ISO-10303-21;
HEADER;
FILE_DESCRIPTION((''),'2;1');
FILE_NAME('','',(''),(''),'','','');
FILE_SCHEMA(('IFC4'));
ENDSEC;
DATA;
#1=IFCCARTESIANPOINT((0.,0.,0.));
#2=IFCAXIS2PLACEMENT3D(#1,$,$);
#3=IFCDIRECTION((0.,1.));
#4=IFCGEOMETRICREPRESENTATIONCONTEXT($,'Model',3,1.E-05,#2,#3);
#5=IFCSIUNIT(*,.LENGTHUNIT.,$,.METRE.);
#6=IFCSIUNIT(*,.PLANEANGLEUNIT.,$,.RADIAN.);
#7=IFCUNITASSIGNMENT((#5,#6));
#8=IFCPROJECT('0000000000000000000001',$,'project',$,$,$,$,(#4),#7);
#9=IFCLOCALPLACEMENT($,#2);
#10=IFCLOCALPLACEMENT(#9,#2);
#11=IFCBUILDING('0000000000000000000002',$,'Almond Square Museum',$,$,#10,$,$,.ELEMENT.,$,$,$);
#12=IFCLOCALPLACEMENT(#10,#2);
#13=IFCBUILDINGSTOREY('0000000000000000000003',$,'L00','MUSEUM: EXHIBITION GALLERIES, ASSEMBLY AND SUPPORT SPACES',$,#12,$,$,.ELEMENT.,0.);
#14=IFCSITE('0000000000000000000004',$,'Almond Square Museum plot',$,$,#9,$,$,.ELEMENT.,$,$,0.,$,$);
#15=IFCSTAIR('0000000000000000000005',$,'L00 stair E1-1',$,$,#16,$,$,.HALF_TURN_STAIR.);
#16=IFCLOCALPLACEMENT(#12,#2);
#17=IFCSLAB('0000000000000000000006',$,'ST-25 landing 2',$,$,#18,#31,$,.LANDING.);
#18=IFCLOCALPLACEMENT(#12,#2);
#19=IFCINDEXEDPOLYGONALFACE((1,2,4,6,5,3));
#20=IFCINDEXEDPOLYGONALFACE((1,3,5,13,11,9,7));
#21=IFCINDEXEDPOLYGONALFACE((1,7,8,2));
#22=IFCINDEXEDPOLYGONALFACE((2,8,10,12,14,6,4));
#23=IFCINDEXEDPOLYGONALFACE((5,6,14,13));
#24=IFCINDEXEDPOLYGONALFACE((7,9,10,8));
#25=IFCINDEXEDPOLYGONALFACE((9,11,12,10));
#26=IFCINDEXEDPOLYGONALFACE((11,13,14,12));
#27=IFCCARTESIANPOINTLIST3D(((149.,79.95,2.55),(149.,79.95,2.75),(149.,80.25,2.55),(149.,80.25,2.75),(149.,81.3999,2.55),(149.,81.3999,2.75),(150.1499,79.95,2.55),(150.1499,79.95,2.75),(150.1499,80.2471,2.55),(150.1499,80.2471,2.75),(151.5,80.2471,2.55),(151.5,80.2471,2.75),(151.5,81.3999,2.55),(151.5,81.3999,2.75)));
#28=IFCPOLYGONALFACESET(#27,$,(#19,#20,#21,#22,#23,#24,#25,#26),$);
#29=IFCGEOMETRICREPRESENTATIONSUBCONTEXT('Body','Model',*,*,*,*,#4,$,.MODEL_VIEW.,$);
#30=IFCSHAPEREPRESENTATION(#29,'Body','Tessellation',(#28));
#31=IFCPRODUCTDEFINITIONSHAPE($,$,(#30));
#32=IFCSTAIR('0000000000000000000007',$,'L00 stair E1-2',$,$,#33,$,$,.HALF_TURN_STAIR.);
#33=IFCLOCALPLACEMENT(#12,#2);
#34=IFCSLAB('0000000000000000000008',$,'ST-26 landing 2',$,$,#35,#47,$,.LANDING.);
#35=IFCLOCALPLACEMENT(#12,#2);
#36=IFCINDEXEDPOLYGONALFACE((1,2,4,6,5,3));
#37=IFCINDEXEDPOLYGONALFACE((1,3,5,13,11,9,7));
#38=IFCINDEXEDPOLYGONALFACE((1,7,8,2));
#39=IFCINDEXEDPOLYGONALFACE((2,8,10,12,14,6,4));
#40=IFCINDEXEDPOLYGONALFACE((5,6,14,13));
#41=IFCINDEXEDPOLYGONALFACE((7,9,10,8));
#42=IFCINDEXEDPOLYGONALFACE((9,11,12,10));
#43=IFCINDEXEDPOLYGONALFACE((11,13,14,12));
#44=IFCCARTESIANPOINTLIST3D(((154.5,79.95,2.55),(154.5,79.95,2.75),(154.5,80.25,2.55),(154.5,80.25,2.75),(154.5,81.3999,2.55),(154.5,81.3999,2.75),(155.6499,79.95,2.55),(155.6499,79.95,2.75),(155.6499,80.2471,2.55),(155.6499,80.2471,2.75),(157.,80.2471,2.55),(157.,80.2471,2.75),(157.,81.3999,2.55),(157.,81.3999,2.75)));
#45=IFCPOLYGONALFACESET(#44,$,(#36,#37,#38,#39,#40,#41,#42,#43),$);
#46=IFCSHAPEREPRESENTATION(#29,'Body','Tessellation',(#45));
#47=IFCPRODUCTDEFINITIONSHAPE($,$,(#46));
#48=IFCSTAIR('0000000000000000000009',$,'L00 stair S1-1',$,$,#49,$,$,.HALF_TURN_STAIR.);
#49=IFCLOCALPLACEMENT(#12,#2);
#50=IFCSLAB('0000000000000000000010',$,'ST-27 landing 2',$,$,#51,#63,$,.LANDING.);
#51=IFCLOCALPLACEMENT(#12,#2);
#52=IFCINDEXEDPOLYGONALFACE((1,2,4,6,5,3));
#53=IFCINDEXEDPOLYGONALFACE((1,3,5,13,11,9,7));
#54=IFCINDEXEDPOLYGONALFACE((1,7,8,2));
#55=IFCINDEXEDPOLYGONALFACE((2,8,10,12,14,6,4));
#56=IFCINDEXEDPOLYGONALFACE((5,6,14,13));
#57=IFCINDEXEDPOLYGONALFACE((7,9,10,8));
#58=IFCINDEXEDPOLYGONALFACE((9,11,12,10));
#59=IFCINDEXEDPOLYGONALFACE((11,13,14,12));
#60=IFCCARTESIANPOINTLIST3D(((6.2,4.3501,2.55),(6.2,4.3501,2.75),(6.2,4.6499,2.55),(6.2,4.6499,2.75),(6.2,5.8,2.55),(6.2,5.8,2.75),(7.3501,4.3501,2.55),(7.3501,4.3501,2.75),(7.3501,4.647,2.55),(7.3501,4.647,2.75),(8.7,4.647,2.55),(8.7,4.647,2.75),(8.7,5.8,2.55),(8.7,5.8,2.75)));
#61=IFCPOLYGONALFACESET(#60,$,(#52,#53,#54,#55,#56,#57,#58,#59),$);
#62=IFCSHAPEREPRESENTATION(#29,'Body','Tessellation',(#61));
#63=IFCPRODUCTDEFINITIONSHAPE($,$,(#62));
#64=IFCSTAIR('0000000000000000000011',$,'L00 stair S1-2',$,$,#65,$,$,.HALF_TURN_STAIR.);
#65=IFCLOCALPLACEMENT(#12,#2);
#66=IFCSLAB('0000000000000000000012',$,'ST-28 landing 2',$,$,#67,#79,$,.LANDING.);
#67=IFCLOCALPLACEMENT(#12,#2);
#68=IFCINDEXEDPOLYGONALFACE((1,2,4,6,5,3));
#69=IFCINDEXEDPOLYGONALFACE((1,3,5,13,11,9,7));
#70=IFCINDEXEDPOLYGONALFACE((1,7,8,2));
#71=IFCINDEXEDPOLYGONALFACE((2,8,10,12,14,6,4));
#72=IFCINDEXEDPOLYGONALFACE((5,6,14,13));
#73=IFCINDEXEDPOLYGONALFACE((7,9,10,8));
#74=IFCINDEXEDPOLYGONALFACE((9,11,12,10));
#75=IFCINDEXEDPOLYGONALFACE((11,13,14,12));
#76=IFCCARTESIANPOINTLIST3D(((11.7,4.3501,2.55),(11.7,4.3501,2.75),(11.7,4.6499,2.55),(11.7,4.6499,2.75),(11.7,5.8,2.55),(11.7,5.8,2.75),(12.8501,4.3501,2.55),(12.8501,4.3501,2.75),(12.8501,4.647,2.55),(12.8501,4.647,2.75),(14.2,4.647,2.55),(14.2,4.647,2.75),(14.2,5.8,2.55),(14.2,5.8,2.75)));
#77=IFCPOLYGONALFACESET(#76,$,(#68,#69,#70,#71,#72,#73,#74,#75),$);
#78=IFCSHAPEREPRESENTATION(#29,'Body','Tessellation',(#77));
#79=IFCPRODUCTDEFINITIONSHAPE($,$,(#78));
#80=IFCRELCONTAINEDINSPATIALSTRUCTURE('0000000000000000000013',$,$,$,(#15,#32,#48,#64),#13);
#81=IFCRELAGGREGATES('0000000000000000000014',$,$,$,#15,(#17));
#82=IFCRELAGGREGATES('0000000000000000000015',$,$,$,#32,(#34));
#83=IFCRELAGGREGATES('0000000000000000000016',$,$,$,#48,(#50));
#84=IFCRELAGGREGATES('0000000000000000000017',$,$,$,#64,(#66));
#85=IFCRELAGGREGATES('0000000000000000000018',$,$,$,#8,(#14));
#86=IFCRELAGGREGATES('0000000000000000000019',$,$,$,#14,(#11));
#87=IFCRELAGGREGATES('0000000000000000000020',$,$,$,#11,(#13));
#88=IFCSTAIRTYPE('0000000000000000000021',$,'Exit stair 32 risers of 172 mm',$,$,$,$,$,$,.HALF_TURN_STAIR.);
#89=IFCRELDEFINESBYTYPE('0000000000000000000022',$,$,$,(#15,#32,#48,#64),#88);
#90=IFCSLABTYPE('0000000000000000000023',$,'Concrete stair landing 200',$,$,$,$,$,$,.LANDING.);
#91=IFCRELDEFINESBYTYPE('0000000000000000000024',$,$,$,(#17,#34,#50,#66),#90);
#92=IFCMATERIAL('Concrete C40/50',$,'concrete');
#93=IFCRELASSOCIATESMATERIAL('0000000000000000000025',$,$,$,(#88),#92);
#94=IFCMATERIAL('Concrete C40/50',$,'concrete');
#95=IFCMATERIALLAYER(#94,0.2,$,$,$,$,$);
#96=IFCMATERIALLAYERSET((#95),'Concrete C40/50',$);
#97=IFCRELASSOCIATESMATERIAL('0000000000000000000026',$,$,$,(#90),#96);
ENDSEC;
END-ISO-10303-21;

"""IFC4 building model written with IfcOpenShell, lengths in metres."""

from ifc_helpers import new_model, si_unit, direction, frame, origin, place, context, subcontext, project, spatial, polyline, outline, extrude, material, layer, layer_set, type_object, element, aggregate, save


model = new_model("IFC4")

# Units and contexts
model_context = context("Model", 3, precision=1e-05, world=origin(), true_north=direction((0.0, 1.0)))
body_context = subcontext(model_context, "Body", "Model", "MODEL_VIEW")
ifc_project = project(units=[si_unit("LENGTHUNIT", "METRE"), si_unit("PLANEANGLEUNIT", "RADIAN")], contexts=[model_context])

# Site, building, storey
site_placement = place(None, origin())
site = spatial("IfcSite", under=ifc_project, at=site_placement, Name="Almond Square Museum plot", CompositionType="ELEMENT", RefElevation=0.0)
building_placement = place(site_placement, origin())
building = spatial("IfcBuilding", under=site, at=building_placement, Name="Almond Square Museum", CompositionType="ELEMENT")
storey_placement = place(building_placement, origin())
storey = spatial("IfcBuildingStorey", under=building, at=storey_placement, Name="L00", Description="MUSEUM: EXHIBITION GALLERIES, ASSEMBLY AND SUPPORT SPACES", CompositionType="ELEMENT", Elevation=0.0)

# Stairs, slabs
ifc_material_1 = material(Name="Concrete C40/50", Category="concrete")
stair_type = type_object("IfcStairType", Name="Exit stair 32 risers of 172 mm", PredefinedType="HALF_TURN_STAIR", material=ifc_material_1)
ifc_material_2 = material(Name="Concrete C40/50", Category="concrete")
ifc_layer = layer(ifc_material_2, 0.2)
ifc_layer_set = layer_set([ifc_layer], Name="Concrete C40/50")
slab_type = type_object("IfcSlabType", Name="Concrete stair landing 200", PredefinedType="LANDING", material=ifc_layer_set)
stair_1_placement = place(storey_placement, origin())
stair_1 = element("IfcStair", 1, at=stair_1_placement, inside=storey, type_object=stair_type, Name="L00 stair E1-1", PredefinedType="HALF_TURN_STAIR")
slab_1_placement = place(storey_placement, frame((0.0, 0.0, 2.55)))
slab_1 = element("IfcSlab", 2, at=slab_1_placement, type_object=slab_type, Name="ST-25 landing 2", PredefinedType="LANDING", context=body_context, shape_type="SweptSolid", body=[
    extrude(outline(polyline([(149.0, 81.3999), (149.0, 80.25), (149.0, 79.95), (150.1499, 79.95), (150.1499, 80.2471), (151.5, 80.2471), (151.5, 81.3999), (149.0, 81.3999)])), origin(), (0.0, 0.0, 1.0), 0.2),
])
aggregate(stair_1, [slab_1])
stair_2_placement = place(storey_placement, origin())
stair_2 = element("IfcStair", 3, at=stair_2_placement, inside=storey, type_object=stair_type, Name="L00 stair E1-2", PredefinedType="HALF_TURN_STAIR")
slab_2_placement = place(storey_placement, frame((0.0, 0.0, 2.55)))
slab_2 = element("IfcSlab", 4, at=slab_2_placement, type_object=slab_type, Name="ST-26 landing 2", PredefinedType="LANDING", context=body_context, shape_type="SweptSolid", body=[
    extrude(outline(polyline([(154.5, 81.3999), (154.5, 80.25), (154.5, 79.95), (155.6499, 79.95), (155.6499, 80.2471), (157.0, 80.2471), (157.0, 81.3999), (154.5, 81.3999)])), origin(), (0.0, 0.0, 1.0), 0.2),
])
aggregate(stair_2, [slab_2])
stair_3_placement = place(storey_placement, origin())
stair_3 = element("IfcStair", 5, at=stair_3_placement, inside=storey, type_object=stair_type, Name="L00 stair S1-1", PredefinedType="HALF_TURN_STAIR")
slab_3_placement = place(storey_placement, frame((0.0, 0.0, 2.55)))
slab_3 = element("IfcSlab", 6, at=slab_3_placement, type_object=slab_type, Name="ST-27 landing 2", PredefinedType="LANDING", context=body_context, shape_type="SweptSolid", body=[
    extrude(outline(polyline([(6.2, 5.8), (6.2, 4.6499), (6.2, 4.3501), (7.3501, 4.3501), (7.3501, 4.647), (8.7, 4.647), (8.7, 5.8), (6.2, 5.8)])), origin(), (0.0, 0.0, 1.0), 0.2),
])
aggregate(stair_3, [slab_3])
stair_4_placement = place(storey_placement, origin())
stair_4 = element("IfcStair", 7, at=stair_4_placement, inside=storey, type_object=stair_type, Name="L00 stair S1-2", PredefinedType="HALF_TURN_STAIR")
slab_4_placement = place(storey_placement, frame((0.0, 0.0, 2.55)))
slab_4 = element("IfcSlab", 8, at=slab_4_placement, type_object=slab_type, Name="ST-28 landing 2", PredefinedType="LANDING", context=body_context, shape_type="SweptSolid", body=[
    extrude(outline(polyline([(11.7, 5.8), (11.7, 4.6499), (11.7, 4.3501), (12.8501, 4.3501), (12.8501, 4.647), (14.2, 4.647), (14.2, 5.8), (11.7, 5.8)])), origin(), (0.0, 0.0, 1.0), 0.2),
])
aggregate(stair_4, [slab_4])

save(model, "model.ifc")
